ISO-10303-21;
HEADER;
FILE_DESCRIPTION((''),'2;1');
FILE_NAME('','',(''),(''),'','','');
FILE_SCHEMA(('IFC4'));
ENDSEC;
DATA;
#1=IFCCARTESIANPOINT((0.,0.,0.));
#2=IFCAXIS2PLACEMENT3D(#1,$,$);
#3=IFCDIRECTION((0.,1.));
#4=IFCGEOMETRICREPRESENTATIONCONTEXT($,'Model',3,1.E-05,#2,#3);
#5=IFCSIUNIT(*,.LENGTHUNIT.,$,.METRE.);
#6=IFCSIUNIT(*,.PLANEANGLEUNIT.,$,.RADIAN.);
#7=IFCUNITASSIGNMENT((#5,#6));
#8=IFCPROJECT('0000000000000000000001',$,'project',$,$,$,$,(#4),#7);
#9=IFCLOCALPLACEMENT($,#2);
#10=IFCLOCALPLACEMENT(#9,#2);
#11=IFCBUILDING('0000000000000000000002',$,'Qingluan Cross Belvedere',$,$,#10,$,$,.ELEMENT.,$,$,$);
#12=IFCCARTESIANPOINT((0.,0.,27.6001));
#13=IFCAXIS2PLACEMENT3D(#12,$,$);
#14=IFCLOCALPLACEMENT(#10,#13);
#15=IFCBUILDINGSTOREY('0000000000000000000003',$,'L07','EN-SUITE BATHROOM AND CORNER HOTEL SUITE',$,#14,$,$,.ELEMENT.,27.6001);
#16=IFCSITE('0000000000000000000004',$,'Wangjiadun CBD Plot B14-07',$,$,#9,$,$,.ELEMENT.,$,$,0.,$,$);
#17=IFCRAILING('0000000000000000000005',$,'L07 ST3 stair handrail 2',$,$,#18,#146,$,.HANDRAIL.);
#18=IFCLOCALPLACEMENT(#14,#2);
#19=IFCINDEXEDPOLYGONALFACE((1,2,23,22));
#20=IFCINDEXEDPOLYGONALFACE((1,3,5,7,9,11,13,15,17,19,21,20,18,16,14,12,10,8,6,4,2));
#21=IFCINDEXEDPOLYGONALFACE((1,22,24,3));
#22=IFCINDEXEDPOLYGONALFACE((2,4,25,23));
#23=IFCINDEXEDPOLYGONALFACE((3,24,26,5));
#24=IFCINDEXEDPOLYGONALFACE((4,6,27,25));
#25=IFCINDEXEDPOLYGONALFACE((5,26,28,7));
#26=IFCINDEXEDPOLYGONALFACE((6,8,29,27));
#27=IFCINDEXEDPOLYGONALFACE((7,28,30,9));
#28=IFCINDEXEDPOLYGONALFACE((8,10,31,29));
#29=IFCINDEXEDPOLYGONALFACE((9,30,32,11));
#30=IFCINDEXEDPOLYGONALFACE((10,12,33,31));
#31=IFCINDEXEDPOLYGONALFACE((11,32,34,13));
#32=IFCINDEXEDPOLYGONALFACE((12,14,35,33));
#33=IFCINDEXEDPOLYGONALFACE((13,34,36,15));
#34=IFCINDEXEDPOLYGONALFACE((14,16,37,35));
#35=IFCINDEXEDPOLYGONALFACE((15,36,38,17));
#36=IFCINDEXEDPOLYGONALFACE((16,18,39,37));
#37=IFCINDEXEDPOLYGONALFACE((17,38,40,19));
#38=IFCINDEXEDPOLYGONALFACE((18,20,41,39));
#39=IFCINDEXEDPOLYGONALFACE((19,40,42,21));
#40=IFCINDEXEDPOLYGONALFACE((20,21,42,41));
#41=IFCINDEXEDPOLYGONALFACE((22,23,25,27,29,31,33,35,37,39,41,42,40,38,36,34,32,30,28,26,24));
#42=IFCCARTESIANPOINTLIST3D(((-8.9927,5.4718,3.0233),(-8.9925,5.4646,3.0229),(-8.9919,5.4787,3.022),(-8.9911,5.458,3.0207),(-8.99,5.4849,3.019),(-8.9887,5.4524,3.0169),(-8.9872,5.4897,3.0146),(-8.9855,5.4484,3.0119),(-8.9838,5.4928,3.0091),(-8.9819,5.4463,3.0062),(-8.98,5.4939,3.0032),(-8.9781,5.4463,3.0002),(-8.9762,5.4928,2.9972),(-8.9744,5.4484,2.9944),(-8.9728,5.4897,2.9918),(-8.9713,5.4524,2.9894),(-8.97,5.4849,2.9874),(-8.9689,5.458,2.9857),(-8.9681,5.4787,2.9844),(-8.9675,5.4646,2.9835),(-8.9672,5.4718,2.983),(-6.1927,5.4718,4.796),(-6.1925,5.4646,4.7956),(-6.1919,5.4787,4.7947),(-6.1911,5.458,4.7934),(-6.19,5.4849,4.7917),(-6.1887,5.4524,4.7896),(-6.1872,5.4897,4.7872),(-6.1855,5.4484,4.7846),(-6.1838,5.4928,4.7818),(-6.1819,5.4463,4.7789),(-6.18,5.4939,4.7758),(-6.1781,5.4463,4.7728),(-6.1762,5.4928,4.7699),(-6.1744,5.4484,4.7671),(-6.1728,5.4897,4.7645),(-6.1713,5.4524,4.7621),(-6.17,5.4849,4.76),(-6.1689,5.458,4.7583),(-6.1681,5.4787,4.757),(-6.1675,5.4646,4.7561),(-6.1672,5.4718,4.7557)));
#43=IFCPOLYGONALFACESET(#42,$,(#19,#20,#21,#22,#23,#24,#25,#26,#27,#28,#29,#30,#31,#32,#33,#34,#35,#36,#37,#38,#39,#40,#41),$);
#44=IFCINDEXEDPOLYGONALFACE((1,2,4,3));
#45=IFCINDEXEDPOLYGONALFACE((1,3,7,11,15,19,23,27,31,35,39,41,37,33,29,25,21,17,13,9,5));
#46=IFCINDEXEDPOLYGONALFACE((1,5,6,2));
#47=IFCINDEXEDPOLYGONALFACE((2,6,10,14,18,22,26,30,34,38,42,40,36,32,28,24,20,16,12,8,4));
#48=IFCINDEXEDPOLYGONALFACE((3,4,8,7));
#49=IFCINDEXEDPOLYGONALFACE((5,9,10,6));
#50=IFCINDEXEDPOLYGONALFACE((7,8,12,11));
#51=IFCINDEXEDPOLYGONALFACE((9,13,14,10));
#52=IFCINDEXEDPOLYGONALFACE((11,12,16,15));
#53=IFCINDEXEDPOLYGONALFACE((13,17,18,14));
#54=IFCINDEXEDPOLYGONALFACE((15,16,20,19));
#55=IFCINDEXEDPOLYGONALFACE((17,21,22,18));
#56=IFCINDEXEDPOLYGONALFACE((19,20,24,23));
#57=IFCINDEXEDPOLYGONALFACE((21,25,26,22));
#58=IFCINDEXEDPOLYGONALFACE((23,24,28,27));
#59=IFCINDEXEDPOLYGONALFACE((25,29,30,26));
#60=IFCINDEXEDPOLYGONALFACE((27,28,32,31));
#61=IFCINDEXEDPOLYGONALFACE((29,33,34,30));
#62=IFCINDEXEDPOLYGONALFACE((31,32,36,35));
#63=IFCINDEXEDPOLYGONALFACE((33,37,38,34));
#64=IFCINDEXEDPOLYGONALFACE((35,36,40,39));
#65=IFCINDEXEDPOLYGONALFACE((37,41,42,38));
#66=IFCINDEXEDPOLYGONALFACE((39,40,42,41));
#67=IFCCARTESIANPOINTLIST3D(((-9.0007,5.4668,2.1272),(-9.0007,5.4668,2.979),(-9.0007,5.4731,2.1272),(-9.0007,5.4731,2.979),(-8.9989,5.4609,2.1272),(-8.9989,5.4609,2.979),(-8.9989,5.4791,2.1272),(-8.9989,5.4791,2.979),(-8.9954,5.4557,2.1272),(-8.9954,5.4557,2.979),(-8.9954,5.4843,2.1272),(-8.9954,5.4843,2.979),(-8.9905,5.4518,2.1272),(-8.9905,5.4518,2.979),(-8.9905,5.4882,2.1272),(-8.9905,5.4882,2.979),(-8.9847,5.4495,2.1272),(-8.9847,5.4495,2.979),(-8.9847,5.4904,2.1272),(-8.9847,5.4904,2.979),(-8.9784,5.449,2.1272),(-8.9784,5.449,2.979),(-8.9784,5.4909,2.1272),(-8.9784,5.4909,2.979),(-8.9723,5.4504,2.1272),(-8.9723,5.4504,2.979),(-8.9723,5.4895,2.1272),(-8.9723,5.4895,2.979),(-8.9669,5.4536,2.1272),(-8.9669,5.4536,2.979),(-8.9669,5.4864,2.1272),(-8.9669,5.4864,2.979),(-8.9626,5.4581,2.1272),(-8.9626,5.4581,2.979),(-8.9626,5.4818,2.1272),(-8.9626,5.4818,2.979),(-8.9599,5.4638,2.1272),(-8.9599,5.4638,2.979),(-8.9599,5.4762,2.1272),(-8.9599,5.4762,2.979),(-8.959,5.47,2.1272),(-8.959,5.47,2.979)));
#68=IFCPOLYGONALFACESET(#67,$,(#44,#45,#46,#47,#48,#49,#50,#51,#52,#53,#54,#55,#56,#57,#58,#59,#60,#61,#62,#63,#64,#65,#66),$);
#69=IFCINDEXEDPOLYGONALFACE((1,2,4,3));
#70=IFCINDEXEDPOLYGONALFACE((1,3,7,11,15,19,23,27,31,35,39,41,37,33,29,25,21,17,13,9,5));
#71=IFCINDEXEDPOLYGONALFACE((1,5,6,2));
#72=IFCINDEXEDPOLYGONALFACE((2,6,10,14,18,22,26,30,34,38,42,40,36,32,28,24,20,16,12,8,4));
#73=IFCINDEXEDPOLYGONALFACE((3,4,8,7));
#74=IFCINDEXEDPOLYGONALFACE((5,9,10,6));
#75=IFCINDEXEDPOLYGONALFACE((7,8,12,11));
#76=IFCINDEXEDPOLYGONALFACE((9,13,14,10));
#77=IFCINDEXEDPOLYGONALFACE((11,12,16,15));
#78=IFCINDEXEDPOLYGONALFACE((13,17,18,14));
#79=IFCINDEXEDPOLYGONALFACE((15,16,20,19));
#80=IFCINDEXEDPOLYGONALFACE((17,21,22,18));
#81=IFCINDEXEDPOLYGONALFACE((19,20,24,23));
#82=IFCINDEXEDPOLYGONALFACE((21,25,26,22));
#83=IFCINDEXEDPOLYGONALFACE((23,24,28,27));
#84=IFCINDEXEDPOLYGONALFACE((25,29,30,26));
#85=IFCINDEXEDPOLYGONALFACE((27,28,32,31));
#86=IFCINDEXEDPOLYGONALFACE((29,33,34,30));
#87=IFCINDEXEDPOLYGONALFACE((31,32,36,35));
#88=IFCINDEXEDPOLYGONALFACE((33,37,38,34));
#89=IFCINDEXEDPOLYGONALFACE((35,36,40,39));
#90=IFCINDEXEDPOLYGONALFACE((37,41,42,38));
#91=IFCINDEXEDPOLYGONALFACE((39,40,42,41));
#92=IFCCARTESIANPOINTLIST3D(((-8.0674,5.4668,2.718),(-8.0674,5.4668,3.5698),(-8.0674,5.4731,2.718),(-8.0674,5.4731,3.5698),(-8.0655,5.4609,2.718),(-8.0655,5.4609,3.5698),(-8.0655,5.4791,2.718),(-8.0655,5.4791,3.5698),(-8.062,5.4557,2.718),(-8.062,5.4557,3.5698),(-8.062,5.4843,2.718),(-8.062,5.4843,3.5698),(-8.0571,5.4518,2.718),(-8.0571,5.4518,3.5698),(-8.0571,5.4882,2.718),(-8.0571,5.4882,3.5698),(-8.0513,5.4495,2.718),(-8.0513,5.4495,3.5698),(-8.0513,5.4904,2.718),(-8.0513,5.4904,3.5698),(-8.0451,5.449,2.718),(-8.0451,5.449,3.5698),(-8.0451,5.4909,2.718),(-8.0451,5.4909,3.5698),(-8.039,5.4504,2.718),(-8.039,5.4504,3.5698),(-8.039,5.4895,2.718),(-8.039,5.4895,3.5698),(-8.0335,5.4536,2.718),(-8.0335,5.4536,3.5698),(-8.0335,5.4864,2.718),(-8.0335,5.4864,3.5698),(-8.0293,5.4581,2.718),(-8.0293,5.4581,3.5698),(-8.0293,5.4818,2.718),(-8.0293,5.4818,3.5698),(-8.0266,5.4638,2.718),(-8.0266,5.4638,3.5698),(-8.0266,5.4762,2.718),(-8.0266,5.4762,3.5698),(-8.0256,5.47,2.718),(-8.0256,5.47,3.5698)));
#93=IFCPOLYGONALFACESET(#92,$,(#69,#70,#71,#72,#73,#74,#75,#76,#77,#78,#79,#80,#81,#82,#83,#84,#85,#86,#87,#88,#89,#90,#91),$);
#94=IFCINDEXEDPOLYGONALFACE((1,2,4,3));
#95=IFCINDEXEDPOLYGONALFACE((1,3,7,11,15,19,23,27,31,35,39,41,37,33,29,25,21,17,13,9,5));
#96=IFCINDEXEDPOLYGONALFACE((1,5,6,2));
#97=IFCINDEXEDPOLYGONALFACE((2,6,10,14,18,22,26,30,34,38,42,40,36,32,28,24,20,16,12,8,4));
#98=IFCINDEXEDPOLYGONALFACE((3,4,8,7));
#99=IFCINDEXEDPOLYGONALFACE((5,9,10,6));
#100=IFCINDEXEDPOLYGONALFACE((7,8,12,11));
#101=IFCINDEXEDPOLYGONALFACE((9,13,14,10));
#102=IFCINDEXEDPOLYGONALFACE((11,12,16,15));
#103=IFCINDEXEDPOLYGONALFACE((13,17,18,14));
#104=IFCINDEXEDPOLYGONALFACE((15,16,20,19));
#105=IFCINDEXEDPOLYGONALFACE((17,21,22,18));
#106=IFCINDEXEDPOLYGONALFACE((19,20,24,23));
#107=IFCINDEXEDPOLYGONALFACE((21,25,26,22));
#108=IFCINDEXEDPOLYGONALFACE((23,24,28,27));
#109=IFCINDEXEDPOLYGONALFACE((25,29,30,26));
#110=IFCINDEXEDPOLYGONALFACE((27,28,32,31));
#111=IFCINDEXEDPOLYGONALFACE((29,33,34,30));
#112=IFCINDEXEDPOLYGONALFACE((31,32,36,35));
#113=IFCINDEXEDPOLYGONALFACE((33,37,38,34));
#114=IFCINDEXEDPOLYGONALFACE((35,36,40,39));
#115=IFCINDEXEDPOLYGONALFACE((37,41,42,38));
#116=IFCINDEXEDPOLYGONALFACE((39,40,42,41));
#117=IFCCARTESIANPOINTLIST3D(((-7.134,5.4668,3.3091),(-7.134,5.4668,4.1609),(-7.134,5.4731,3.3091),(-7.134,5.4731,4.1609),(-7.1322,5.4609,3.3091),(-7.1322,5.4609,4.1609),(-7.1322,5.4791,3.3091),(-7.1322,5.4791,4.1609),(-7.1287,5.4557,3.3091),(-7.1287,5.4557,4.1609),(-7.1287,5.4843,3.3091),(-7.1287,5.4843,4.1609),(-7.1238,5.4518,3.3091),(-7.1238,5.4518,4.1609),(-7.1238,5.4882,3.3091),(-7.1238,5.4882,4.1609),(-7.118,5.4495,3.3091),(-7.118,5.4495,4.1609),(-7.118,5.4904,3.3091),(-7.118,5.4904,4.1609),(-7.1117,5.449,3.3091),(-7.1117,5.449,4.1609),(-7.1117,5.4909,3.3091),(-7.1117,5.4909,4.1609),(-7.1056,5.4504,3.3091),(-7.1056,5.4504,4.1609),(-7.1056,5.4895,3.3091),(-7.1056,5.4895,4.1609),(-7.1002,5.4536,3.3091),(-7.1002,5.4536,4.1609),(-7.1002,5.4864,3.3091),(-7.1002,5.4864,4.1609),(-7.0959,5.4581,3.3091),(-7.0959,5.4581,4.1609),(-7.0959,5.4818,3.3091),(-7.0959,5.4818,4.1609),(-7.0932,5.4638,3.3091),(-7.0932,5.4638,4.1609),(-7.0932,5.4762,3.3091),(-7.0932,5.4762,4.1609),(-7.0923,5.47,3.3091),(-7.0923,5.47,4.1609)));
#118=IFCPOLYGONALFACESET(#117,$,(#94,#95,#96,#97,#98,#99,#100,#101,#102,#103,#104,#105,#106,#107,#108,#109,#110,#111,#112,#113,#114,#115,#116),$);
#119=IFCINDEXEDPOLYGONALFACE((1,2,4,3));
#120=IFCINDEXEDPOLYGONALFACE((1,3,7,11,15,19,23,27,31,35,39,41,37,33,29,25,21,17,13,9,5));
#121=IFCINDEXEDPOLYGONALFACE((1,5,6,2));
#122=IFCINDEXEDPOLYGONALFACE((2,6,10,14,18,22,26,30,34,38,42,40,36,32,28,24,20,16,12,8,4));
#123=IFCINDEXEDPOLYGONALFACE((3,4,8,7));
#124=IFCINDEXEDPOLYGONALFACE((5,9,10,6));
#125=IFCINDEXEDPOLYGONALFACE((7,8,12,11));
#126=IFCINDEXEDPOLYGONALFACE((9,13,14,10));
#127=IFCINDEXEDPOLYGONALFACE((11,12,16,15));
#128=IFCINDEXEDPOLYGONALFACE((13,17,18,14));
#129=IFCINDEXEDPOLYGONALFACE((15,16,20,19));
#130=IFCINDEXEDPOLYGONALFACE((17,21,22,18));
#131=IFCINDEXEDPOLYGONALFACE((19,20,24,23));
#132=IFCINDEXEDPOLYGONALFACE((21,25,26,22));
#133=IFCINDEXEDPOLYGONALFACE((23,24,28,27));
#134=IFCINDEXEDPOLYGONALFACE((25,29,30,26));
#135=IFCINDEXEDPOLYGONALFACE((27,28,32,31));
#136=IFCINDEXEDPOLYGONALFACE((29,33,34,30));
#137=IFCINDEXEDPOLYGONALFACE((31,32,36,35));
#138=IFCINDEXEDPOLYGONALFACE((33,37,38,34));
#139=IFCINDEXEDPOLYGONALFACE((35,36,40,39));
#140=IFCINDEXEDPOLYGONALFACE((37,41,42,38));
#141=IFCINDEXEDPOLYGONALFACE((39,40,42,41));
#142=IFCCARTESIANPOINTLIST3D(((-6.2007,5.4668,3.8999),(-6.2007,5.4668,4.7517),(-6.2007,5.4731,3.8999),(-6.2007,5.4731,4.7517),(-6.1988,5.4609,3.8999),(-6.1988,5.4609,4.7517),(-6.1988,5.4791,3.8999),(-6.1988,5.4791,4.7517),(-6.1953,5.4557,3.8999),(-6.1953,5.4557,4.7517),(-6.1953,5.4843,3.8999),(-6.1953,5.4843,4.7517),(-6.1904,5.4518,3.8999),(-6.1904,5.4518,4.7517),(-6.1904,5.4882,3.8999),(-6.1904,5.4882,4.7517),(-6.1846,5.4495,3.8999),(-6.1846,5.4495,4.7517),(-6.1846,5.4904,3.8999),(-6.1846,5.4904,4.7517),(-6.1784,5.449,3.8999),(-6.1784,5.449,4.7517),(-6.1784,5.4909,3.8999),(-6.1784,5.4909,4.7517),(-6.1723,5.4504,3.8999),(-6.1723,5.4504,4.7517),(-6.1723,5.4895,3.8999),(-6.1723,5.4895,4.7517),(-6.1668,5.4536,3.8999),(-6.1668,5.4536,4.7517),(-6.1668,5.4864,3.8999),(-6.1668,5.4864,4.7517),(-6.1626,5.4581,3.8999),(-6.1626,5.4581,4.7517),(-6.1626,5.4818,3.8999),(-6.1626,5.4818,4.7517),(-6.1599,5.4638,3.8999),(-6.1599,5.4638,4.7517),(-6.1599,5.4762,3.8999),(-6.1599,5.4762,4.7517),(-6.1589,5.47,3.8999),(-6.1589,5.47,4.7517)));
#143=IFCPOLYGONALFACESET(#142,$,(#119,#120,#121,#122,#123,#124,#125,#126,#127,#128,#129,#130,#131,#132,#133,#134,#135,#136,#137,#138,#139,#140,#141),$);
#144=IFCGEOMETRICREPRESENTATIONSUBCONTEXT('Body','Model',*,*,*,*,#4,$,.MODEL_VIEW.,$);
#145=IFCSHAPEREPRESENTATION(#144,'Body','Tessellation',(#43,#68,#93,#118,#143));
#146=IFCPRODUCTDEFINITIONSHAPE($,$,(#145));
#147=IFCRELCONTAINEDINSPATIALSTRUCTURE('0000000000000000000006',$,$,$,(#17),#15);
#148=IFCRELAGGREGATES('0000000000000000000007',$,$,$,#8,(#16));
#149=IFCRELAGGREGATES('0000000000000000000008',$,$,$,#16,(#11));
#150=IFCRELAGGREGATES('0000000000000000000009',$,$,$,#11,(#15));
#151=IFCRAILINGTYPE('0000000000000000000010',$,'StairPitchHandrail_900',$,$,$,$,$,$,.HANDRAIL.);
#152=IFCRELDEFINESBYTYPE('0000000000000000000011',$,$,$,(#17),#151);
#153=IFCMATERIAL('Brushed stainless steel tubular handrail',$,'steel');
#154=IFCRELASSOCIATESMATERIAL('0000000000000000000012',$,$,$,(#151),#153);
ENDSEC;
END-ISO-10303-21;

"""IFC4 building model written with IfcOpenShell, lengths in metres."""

from ifc_helpers import new_model, si_unit, direction, frame, origin, origin_2d, place, context, subcontext, project, spatial, circle, extrude, material, type_object, element, save


model = new_model("IFC4")

# Units and contexts
model_context = context("Model", 3, precision=1e-05, world=origin(), true_north=direction((0.0, 1.0)))
body_context = subcontext(model_context, "Body", "Model", "MODEL_VIEW")
ifc_project = project(units=[si_unit("LENGTHUNIT", "METRE"), si_unit("PLANEANGLEUNIT", "RADIAN")], contexts=[model_context])

# Site, building, storey
site_placement = place(None, origin())
site = spatial("IfcSite", under=ifc_project, at=site_placement, Name="Wangjiadun CBD Plot B14-07", CompositionType="ELEMENT", RefElevation=0.0)
building_placement = place(site_placement, origin())
building = spatial("IfcBuilding", under=site, at=building_placement, Name="Qingluan Cross Belvedere", CompositionType="ELEMENT")
storey_placement = place(building_placement, frame((0.0, 0.0, 27.6001)))
storey = spatial("IfcBuildingStorey", under=building, at=storey_placement, Name="L07", Description="EN-SUITE BATHROOM AND CORNER HOTEL SUITE", CompositionType="ELEMENT", Elevation=27.6001)

# Railing
ifc_material_1 = material(Name="Brushed stainless steel tubular handrail", Category="steel")
railing_type_1 = type_object("IfcRailingType", Name="StairPitchHandrail_900", PredefinedType="HANDRAIL", material=ifc_material_1)
railing_1_placement = place(storey_placement, frame((-8.98, 5.47, 2.1272)))
element("IfcRailing", 1, at=railing_1_placement, inside=storey, type_object=railing_type_1, Name="L07 ST3 stair handrail 2", PredefinedType="HANDRAIL", context=body_context, shape_type="SweptSolid", body=[
    extrude(circle(Radius=0.0239, at=origin_2d()), frame((0.0, 0.0, 0.876), z_axis=(0.844909, 0.0, 0.53491), x_axis=(0.0, 1.0, 0.0)), (0.0, 0.0, 1.0), 3.314),
    extrude(circle(Radius=0.021, at=origin_2d()), origin(), (0.0, 0.0, 1.0), 0.8518),
    extrude(circle(Radius=0.021, at=origin_2d()), frame((0.9333, 0.0, 0.5908)), (0.0, 0.0, 1.0), 0.8518),
    extrude(circle(Radius=0.021, at=origin_2d()), frame((1.8667, 0.0, 1.1819)), (0.0, 0.0, 1.0), 0.8518),
    extrude(circle(Radius=0.021, at=origin_2d()), frame((2.8, 0.0, 1.7727)), (0.0, 0.0, 1.0), 0.8518),
])

save(model, "model.ifc")
